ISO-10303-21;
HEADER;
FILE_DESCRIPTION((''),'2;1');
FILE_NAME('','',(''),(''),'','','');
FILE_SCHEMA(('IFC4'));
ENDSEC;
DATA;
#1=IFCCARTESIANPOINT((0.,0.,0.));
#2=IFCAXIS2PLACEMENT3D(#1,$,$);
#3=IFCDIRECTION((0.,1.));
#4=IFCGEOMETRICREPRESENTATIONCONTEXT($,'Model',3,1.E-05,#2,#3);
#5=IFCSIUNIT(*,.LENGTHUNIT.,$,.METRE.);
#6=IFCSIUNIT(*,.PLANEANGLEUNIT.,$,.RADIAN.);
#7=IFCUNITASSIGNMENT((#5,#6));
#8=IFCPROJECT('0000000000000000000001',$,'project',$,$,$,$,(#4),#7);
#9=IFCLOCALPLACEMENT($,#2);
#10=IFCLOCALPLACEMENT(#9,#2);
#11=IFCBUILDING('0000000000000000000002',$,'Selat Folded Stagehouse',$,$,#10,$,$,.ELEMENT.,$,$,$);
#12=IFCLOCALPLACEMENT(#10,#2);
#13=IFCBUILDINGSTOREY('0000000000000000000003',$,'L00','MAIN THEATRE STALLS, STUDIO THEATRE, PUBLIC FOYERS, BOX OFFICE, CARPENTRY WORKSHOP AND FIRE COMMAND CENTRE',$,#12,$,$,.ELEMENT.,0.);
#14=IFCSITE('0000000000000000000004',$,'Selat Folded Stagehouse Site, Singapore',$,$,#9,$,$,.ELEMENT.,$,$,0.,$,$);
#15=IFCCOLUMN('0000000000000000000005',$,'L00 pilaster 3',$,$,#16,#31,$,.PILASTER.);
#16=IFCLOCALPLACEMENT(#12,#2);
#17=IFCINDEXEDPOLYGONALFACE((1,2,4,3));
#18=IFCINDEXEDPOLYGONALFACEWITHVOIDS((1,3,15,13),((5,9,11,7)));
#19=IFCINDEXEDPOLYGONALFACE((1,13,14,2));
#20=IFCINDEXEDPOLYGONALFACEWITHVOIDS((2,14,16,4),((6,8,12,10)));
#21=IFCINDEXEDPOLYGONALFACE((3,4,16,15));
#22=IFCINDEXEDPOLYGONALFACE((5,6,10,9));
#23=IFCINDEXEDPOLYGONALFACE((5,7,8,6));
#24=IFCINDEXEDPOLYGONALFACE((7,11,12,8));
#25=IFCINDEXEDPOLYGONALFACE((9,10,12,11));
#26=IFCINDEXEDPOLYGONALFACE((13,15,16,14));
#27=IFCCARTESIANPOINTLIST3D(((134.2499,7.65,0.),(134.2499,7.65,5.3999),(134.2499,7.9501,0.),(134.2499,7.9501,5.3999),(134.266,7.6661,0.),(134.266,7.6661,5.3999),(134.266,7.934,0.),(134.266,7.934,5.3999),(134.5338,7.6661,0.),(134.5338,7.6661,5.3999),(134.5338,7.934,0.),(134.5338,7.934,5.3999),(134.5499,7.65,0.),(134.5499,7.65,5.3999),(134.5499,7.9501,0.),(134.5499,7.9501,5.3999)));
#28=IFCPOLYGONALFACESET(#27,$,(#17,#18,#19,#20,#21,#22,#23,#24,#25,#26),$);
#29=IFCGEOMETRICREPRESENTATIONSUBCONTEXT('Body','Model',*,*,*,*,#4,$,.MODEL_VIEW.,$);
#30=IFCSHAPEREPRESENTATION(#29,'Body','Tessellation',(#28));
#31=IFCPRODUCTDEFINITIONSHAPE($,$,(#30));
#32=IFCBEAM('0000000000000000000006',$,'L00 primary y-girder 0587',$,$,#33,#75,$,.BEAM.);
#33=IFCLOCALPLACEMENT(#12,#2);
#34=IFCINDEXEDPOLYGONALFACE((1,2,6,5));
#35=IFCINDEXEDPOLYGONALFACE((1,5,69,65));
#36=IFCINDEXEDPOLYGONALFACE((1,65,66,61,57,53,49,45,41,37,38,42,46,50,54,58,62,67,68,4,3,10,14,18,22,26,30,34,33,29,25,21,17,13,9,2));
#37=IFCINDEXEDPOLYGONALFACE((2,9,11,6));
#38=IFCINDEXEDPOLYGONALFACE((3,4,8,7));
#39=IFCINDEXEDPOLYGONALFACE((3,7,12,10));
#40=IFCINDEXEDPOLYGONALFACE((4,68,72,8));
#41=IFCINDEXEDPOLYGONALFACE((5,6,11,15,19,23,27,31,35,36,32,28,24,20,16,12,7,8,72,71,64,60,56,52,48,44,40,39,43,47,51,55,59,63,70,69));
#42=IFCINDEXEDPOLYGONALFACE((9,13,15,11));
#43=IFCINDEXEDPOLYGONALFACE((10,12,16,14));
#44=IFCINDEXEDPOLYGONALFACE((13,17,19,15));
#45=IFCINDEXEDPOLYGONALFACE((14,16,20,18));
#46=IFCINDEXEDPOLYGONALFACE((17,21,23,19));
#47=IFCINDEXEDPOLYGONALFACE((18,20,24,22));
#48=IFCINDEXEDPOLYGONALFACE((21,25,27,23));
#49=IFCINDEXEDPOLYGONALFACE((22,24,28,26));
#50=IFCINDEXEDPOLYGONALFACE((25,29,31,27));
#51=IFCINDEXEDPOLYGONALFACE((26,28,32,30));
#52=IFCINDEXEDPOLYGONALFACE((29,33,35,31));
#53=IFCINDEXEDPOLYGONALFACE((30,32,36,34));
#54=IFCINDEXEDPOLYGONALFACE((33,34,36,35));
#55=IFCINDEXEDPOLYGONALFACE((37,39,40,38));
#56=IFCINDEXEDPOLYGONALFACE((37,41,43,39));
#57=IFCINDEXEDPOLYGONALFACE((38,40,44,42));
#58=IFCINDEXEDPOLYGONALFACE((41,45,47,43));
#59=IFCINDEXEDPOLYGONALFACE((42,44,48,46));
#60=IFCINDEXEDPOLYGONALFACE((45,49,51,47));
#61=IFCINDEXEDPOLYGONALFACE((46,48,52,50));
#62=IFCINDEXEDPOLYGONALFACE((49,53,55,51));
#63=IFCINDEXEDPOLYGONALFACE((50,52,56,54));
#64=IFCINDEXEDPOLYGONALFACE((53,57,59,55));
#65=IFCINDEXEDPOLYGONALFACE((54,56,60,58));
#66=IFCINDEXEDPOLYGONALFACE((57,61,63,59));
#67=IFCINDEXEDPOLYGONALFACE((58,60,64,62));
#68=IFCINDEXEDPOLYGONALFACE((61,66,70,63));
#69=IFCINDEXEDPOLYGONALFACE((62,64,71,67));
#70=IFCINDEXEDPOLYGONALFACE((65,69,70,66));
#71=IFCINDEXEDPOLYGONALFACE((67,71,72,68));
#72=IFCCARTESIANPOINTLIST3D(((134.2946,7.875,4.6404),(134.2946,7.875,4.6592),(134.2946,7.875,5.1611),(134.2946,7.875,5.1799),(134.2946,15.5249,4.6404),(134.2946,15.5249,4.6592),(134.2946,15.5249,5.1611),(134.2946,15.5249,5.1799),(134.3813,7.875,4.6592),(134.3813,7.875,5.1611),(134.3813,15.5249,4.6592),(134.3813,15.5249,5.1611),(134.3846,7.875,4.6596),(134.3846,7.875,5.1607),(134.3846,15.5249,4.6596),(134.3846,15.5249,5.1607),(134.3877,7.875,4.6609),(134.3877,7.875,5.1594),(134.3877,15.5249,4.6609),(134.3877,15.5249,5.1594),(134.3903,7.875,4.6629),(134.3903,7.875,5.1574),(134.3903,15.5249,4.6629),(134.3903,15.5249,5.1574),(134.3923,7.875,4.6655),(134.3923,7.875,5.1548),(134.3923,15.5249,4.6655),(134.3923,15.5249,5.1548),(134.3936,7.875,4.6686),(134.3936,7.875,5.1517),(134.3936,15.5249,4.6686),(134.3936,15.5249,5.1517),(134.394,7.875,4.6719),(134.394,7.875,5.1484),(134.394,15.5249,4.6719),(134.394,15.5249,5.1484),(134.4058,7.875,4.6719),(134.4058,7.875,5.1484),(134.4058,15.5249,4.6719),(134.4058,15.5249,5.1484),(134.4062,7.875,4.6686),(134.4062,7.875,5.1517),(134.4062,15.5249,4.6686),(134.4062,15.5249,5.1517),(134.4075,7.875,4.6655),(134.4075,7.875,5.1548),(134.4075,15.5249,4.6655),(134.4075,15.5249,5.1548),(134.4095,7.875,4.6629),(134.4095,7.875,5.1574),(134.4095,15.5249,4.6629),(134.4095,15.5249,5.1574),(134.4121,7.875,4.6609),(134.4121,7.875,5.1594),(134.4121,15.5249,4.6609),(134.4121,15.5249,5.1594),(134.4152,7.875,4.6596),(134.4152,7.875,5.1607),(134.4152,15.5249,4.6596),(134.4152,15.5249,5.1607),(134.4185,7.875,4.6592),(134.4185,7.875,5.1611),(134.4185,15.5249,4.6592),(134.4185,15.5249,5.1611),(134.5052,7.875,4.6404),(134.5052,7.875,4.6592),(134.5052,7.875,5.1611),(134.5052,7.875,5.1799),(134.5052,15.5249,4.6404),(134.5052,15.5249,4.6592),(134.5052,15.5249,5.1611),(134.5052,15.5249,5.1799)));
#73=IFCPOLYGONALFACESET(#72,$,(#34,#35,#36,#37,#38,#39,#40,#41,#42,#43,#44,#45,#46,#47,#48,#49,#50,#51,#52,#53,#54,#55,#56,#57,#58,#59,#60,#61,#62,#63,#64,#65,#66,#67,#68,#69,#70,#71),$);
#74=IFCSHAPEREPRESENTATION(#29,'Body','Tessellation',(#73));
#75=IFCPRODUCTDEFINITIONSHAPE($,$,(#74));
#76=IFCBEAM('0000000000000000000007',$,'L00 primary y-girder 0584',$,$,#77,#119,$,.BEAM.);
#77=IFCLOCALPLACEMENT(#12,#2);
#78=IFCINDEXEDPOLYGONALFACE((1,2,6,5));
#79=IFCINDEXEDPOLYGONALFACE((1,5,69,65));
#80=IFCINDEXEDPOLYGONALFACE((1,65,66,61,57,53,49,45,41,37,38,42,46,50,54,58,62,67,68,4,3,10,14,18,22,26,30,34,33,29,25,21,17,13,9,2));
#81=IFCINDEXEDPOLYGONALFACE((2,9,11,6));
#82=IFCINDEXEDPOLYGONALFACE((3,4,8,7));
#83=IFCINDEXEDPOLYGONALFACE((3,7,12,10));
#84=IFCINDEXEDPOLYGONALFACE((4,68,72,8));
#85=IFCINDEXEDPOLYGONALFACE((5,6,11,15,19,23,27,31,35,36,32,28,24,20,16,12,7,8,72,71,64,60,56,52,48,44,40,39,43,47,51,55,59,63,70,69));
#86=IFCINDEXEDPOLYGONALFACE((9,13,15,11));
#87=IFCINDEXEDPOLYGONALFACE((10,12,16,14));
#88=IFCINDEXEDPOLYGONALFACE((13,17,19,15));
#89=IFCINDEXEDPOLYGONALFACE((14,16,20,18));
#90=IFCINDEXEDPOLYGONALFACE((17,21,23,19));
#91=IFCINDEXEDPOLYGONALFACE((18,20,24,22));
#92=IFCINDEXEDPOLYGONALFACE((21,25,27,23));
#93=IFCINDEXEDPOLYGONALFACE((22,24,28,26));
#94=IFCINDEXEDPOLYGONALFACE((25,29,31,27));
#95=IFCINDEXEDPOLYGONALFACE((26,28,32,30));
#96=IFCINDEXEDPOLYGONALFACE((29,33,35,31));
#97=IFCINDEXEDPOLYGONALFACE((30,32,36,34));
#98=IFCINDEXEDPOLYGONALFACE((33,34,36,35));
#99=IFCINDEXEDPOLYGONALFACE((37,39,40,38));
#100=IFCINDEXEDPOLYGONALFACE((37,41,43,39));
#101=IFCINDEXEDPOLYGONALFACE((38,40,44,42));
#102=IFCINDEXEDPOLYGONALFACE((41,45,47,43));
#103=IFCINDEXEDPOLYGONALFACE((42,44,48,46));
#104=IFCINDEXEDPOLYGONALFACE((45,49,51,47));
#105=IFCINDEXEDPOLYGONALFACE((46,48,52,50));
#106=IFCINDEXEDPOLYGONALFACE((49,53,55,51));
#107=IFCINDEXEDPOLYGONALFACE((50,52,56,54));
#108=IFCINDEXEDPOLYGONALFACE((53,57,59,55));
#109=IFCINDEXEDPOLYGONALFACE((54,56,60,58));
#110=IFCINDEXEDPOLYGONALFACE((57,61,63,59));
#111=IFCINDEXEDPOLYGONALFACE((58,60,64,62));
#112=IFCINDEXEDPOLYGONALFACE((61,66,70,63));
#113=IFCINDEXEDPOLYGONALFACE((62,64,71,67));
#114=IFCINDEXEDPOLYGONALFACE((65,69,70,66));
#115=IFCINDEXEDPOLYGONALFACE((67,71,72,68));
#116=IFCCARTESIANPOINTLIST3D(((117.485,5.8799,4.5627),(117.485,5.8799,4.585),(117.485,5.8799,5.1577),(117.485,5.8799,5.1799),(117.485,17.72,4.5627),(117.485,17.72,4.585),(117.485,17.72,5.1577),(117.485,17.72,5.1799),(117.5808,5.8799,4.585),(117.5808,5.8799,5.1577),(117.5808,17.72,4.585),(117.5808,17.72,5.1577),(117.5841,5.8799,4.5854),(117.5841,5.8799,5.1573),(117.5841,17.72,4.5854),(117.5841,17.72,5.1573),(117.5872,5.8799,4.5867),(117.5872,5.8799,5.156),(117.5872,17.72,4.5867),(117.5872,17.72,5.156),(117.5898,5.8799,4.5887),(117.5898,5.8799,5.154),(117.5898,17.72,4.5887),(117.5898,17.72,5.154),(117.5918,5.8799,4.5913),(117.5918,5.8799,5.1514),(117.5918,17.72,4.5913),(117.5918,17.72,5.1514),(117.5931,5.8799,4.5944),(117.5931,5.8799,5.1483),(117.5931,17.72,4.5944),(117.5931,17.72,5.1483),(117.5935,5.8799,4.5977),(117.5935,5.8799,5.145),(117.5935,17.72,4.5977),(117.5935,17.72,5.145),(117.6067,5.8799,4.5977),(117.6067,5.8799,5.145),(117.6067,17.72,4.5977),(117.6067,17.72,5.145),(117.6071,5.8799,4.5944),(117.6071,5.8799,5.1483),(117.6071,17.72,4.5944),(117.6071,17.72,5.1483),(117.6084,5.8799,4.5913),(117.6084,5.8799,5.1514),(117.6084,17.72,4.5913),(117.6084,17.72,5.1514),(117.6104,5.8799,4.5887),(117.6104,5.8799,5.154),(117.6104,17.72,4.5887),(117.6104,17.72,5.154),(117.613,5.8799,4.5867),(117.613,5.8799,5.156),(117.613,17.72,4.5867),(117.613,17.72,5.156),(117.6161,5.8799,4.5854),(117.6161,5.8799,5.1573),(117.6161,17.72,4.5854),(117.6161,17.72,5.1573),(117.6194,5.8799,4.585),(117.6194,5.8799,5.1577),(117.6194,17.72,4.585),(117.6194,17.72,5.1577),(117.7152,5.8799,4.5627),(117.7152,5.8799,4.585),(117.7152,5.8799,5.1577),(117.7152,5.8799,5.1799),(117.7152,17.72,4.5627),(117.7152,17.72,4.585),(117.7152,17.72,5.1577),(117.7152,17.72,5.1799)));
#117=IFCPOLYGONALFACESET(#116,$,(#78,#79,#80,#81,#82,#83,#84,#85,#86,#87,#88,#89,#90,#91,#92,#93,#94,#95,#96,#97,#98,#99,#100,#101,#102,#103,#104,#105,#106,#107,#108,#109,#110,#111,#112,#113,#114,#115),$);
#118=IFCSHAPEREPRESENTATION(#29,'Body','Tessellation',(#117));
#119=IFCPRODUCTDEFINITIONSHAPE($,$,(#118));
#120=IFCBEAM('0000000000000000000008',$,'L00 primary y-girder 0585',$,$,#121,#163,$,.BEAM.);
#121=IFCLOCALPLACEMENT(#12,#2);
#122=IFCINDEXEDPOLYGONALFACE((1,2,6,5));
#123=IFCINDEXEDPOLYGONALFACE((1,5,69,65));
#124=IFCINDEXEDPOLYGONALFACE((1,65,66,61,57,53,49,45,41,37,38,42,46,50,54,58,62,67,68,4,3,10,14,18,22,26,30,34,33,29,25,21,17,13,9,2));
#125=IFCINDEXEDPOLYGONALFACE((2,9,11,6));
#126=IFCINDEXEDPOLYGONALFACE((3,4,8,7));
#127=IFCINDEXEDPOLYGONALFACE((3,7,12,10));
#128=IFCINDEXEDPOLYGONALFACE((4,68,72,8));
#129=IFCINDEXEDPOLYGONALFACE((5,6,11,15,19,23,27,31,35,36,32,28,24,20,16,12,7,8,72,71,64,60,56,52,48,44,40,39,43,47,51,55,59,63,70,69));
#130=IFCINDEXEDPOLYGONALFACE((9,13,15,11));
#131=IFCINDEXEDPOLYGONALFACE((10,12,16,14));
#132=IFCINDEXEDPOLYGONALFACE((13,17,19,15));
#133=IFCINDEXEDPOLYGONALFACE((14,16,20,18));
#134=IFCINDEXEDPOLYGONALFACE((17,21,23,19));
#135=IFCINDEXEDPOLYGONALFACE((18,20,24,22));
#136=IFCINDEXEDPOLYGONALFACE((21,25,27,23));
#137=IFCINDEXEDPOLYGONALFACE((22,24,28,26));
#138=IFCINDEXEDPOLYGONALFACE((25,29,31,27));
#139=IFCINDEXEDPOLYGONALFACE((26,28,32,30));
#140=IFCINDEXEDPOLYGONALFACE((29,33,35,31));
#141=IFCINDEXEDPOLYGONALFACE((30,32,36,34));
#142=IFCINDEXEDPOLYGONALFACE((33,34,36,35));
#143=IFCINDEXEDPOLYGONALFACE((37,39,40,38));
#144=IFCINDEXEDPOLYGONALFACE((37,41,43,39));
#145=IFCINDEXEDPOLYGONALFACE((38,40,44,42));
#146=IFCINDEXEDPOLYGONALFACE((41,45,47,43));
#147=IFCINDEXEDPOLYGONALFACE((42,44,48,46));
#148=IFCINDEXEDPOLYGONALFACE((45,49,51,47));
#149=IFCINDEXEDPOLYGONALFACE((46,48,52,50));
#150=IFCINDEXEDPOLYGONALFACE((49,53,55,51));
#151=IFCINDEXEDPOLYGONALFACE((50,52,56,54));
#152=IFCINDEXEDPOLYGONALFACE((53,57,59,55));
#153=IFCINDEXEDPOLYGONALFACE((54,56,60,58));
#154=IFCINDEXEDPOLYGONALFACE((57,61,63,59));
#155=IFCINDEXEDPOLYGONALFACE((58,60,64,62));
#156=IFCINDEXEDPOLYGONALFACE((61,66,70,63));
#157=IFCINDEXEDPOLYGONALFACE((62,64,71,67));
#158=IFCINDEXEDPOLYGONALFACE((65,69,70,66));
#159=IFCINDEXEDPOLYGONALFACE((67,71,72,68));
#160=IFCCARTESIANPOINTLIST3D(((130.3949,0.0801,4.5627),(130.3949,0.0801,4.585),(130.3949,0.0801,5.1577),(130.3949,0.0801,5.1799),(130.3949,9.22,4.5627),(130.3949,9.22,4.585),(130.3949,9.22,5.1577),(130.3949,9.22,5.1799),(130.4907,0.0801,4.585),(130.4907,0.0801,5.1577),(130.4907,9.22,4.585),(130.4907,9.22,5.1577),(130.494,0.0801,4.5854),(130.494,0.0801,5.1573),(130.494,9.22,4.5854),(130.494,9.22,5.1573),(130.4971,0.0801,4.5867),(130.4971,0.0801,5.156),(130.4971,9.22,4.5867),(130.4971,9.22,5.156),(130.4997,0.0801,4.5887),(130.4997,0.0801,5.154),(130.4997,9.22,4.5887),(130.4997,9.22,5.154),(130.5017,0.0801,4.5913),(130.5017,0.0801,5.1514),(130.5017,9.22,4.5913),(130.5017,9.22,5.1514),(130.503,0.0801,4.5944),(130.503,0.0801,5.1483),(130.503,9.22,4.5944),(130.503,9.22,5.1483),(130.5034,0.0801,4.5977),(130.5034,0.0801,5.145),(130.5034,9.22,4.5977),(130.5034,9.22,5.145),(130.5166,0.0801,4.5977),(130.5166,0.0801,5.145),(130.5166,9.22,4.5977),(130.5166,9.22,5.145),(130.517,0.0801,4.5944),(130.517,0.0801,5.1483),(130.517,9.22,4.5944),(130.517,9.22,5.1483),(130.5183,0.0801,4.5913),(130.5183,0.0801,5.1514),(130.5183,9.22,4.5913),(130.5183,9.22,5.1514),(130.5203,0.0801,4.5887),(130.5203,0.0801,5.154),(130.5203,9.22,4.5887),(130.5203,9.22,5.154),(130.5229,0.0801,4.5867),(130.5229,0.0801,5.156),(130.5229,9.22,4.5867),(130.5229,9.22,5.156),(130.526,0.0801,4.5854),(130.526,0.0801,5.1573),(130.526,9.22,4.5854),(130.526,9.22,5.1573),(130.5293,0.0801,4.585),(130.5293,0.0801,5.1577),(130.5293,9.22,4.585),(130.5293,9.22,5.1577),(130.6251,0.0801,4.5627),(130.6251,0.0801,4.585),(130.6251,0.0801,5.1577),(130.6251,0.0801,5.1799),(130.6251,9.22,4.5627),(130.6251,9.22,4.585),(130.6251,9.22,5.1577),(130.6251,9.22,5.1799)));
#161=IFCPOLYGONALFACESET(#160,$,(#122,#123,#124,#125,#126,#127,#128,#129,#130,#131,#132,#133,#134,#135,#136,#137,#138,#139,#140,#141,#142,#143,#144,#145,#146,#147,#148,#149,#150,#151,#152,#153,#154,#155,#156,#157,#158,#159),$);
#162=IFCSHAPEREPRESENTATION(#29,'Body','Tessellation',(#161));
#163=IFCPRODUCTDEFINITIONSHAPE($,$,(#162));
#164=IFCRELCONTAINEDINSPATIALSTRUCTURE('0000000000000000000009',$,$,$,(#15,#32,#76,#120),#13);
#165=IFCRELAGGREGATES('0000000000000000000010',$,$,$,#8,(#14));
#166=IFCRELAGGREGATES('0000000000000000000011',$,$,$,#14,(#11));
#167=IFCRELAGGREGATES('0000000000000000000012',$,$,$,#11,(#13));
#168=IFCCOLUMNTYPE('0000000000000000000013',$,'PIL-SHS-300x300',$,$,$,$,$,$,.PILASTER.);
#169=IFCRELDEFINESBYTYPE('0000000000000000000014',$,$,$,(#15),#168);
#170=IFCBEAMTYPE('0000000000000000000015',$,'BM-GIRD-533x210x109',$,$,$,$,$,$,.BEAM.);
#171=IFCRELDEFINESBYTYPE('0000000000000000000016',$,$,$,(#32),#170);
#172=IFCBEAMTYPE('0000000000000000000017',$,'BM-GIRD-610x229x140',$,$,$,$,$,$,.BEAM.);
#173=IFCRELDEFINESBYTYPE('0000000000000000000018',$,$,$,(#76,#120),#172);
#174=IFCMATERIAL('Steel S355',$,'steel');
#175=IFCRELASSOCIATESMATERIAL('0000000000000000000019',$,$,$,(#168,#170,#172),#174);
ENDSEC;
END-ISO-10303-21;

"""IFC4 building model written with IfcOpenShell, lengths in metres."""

from ifc_helpers import new_model, si_unit, direction, frame, origin, origin_2d, place, context, subcontext, project, spatial, hollow_rectangle, i_section, extrude, material, material_profile, profile_set, type_object, element, save


model = new_model("IFC4")

# Units and contexts
model_context = context("Model", 3, precision=1e-05, world=origin(), true_north=direction((0.0, 1.0)))
body_context = subcontext(model_context, "Body", "Model", "MODEL_VIEW")
ifc_project = project(units=[si_unit("LENGTHUNIT", "METRE"), si_unit("PLANEANGLEUNIT", "RADIAN")], contexts=[model_context])

# Site, building, storey
site_placement = place(None, origin())
site = spatial("IfcSite", under=ifc_project, at=site_placement, Name="Selat Folded Stagehouse Site, Singapore", CompositionType="ELEMENT", RefElevation=0.0)
building_placement = place(site_placement, origin())
building = spatial("IfcBuilding", under=site, at=building_placement, Name="Selat Folded Stagehouse", CompositionType="ELEMENT")
storey_placement = place(building_placement, origin())
storey = spatial("IfcBuildingStorey", under=building, at=storey_placement, Name="L00", Description="MAIN THEATRE STALLS, STUDIO THEATRE, PUBLIC FOYERS, BOX OFFICE, CARPENTRY WORKSHOP AND FIRE COMMAND CENTRE", CompositionType="ELEMENT", Elevation=0.0)

# Column
ifc_material_1 = material(Name="Steel S355", Category="steel")
ifc_material_profile_1 = material_profile(ifc_material_1, hollow_rectangle(XDim=0.3, YDim=0.3, WallThickness=0.0161, at=origin_2d()), Name="SHS 300x300x16.0")
ifc_profile_set_1 = profile_set([ifc_material_profile_1], Name="Steel S355")
column_type_1 = type_object("IfcColumnType", Name="PIL-SHS-300x300", PredefinedType="PILASTER", material=ifc_profile_set_1)
column_1_placement = place(storey_placement, frame((134.3999, 7.8, 0.0), z_axis=(0.0, 0.0, 1.0), x_axis=(1.0, 0.0, 0.0)))
element("IfcColumn", 1, at=column_1_placement, inside=storey, type_object=column_type_1, Name="L00 pilaster 3", PredefinedType="PILASTER", context=body_context, shape_type="SweptSolid", body=[
    extrude(hollow_rectangle(XDim=0.3, YDim=0.3, WallThickness=0.0161, at=origin_2d()), origin(), (0.0, 0.0, 1.0), 5.3999),
])

# Beams
ifc_material_profile_2 = material_profile(ifc_material_1, i_section(OverallWidth=0.2107, OverallDepth=0.5396, WebThickness=0.0117, FlangeThickness=0.0188, FilletRadius=0.0127, at=origin_2d()), Name="UKB 533x210x109")
ifc_profile_set_2 = profile_set([ifc_material_profile_2], Name="Steel S355")
beam_type_1 = type_object("IfcBeamType", Name="BM-GIRD-533x210x109", PredefinedType="BEAM", material=ifc_profile_set_2)
beam_1_placement = place(storey_placement, frame((134.3999, 7.875, 4.9102), z_axis=(0.0, 1.0, 0.0), x_axis=(-1.0, 0.0, 0.0)))
element("IfcBeam", 2, at=beam_1_placement, inside=storey, type_object=beam_type_1, Name="L00 primary y-girder 0587", PredefinedType="BEAM", context=body_context, shape_type="SweptSolid", body=[
    extrude(i_section(OverallWidth=0.2107, OverallDepth=0.5396, WebThickness=0.0117, FlangeThickness=0.0188, FilletRadius=0.0127, at=origin_2d()), origin(), (0.0, 0.0, 1.0), 7.6499),
])
ifc_material_profile_3 = material_profile(ifc_material_1, i_section(OverallWidth=0.2302, OverallDepth=0.6172, WebThickness=0.0132, FlangeThickness=0.0222, FilletRadius=0.0127, at=origin_2d()), Name="UKB 610x229x140")
ifc_profile_set_3 = profile_set([ifc_material_profile_3], Name="Steel S355")
beam_type_2 = type_object("IfcBeamType", Name="BM-GIRD-610x229x140", PredefinedType="BEAM", material=ifc_profile_set_3)
beam_2_placement = place(storey_placement, frame((117.6001, 5.8799, 4.8713), z_axis=(0.0, 1.0, 0.0), x_axis=(-1.0, 0.0, 0.0)))
element("IfcBeam", 3, at=beam_2_placement, inside=storey, type_object=beam_type_2, Name="L00 primary y-girder 0584", PredefinedType="BEAM", context=body_context, shape_type="SweptSolid", body=[
    extrude(i_section(OverallWidth=0.2302, OverallDepth=0.6172, WebThickness=0.0132, FlangeThickness=0.0222, FilletRadius=0.0127, at=origin_2d()), origin(), (0.0, 0.0, 1.0), 11.8401),
])
beam_3_placement = place(storey_placement, frame((130.51, 0.0801, 4.8713), z_axis=(0.0, 1.0, 0.0), x_axis=(-1.0, 0.0, 0.0)))
element("IfcBeam", 4, at=beam_3_placement, inside=storey, type_object=beam_type_2, Name="L00 primary y-girder 0585", PredefinedType="BEAM", context=body_context, shape_type="SweptSolid", body=[
    extrude(i_section(OverallWidth=0.2302, OverallDepth=0.6172, WebThickness=0.0132, FlangeThickness=0.0222, FilletRadius=0.0127, at=origin_2d()), origin(), (0.0, 0.0, 1.0), 9.1399),
])

save(model, "model.ifc")
